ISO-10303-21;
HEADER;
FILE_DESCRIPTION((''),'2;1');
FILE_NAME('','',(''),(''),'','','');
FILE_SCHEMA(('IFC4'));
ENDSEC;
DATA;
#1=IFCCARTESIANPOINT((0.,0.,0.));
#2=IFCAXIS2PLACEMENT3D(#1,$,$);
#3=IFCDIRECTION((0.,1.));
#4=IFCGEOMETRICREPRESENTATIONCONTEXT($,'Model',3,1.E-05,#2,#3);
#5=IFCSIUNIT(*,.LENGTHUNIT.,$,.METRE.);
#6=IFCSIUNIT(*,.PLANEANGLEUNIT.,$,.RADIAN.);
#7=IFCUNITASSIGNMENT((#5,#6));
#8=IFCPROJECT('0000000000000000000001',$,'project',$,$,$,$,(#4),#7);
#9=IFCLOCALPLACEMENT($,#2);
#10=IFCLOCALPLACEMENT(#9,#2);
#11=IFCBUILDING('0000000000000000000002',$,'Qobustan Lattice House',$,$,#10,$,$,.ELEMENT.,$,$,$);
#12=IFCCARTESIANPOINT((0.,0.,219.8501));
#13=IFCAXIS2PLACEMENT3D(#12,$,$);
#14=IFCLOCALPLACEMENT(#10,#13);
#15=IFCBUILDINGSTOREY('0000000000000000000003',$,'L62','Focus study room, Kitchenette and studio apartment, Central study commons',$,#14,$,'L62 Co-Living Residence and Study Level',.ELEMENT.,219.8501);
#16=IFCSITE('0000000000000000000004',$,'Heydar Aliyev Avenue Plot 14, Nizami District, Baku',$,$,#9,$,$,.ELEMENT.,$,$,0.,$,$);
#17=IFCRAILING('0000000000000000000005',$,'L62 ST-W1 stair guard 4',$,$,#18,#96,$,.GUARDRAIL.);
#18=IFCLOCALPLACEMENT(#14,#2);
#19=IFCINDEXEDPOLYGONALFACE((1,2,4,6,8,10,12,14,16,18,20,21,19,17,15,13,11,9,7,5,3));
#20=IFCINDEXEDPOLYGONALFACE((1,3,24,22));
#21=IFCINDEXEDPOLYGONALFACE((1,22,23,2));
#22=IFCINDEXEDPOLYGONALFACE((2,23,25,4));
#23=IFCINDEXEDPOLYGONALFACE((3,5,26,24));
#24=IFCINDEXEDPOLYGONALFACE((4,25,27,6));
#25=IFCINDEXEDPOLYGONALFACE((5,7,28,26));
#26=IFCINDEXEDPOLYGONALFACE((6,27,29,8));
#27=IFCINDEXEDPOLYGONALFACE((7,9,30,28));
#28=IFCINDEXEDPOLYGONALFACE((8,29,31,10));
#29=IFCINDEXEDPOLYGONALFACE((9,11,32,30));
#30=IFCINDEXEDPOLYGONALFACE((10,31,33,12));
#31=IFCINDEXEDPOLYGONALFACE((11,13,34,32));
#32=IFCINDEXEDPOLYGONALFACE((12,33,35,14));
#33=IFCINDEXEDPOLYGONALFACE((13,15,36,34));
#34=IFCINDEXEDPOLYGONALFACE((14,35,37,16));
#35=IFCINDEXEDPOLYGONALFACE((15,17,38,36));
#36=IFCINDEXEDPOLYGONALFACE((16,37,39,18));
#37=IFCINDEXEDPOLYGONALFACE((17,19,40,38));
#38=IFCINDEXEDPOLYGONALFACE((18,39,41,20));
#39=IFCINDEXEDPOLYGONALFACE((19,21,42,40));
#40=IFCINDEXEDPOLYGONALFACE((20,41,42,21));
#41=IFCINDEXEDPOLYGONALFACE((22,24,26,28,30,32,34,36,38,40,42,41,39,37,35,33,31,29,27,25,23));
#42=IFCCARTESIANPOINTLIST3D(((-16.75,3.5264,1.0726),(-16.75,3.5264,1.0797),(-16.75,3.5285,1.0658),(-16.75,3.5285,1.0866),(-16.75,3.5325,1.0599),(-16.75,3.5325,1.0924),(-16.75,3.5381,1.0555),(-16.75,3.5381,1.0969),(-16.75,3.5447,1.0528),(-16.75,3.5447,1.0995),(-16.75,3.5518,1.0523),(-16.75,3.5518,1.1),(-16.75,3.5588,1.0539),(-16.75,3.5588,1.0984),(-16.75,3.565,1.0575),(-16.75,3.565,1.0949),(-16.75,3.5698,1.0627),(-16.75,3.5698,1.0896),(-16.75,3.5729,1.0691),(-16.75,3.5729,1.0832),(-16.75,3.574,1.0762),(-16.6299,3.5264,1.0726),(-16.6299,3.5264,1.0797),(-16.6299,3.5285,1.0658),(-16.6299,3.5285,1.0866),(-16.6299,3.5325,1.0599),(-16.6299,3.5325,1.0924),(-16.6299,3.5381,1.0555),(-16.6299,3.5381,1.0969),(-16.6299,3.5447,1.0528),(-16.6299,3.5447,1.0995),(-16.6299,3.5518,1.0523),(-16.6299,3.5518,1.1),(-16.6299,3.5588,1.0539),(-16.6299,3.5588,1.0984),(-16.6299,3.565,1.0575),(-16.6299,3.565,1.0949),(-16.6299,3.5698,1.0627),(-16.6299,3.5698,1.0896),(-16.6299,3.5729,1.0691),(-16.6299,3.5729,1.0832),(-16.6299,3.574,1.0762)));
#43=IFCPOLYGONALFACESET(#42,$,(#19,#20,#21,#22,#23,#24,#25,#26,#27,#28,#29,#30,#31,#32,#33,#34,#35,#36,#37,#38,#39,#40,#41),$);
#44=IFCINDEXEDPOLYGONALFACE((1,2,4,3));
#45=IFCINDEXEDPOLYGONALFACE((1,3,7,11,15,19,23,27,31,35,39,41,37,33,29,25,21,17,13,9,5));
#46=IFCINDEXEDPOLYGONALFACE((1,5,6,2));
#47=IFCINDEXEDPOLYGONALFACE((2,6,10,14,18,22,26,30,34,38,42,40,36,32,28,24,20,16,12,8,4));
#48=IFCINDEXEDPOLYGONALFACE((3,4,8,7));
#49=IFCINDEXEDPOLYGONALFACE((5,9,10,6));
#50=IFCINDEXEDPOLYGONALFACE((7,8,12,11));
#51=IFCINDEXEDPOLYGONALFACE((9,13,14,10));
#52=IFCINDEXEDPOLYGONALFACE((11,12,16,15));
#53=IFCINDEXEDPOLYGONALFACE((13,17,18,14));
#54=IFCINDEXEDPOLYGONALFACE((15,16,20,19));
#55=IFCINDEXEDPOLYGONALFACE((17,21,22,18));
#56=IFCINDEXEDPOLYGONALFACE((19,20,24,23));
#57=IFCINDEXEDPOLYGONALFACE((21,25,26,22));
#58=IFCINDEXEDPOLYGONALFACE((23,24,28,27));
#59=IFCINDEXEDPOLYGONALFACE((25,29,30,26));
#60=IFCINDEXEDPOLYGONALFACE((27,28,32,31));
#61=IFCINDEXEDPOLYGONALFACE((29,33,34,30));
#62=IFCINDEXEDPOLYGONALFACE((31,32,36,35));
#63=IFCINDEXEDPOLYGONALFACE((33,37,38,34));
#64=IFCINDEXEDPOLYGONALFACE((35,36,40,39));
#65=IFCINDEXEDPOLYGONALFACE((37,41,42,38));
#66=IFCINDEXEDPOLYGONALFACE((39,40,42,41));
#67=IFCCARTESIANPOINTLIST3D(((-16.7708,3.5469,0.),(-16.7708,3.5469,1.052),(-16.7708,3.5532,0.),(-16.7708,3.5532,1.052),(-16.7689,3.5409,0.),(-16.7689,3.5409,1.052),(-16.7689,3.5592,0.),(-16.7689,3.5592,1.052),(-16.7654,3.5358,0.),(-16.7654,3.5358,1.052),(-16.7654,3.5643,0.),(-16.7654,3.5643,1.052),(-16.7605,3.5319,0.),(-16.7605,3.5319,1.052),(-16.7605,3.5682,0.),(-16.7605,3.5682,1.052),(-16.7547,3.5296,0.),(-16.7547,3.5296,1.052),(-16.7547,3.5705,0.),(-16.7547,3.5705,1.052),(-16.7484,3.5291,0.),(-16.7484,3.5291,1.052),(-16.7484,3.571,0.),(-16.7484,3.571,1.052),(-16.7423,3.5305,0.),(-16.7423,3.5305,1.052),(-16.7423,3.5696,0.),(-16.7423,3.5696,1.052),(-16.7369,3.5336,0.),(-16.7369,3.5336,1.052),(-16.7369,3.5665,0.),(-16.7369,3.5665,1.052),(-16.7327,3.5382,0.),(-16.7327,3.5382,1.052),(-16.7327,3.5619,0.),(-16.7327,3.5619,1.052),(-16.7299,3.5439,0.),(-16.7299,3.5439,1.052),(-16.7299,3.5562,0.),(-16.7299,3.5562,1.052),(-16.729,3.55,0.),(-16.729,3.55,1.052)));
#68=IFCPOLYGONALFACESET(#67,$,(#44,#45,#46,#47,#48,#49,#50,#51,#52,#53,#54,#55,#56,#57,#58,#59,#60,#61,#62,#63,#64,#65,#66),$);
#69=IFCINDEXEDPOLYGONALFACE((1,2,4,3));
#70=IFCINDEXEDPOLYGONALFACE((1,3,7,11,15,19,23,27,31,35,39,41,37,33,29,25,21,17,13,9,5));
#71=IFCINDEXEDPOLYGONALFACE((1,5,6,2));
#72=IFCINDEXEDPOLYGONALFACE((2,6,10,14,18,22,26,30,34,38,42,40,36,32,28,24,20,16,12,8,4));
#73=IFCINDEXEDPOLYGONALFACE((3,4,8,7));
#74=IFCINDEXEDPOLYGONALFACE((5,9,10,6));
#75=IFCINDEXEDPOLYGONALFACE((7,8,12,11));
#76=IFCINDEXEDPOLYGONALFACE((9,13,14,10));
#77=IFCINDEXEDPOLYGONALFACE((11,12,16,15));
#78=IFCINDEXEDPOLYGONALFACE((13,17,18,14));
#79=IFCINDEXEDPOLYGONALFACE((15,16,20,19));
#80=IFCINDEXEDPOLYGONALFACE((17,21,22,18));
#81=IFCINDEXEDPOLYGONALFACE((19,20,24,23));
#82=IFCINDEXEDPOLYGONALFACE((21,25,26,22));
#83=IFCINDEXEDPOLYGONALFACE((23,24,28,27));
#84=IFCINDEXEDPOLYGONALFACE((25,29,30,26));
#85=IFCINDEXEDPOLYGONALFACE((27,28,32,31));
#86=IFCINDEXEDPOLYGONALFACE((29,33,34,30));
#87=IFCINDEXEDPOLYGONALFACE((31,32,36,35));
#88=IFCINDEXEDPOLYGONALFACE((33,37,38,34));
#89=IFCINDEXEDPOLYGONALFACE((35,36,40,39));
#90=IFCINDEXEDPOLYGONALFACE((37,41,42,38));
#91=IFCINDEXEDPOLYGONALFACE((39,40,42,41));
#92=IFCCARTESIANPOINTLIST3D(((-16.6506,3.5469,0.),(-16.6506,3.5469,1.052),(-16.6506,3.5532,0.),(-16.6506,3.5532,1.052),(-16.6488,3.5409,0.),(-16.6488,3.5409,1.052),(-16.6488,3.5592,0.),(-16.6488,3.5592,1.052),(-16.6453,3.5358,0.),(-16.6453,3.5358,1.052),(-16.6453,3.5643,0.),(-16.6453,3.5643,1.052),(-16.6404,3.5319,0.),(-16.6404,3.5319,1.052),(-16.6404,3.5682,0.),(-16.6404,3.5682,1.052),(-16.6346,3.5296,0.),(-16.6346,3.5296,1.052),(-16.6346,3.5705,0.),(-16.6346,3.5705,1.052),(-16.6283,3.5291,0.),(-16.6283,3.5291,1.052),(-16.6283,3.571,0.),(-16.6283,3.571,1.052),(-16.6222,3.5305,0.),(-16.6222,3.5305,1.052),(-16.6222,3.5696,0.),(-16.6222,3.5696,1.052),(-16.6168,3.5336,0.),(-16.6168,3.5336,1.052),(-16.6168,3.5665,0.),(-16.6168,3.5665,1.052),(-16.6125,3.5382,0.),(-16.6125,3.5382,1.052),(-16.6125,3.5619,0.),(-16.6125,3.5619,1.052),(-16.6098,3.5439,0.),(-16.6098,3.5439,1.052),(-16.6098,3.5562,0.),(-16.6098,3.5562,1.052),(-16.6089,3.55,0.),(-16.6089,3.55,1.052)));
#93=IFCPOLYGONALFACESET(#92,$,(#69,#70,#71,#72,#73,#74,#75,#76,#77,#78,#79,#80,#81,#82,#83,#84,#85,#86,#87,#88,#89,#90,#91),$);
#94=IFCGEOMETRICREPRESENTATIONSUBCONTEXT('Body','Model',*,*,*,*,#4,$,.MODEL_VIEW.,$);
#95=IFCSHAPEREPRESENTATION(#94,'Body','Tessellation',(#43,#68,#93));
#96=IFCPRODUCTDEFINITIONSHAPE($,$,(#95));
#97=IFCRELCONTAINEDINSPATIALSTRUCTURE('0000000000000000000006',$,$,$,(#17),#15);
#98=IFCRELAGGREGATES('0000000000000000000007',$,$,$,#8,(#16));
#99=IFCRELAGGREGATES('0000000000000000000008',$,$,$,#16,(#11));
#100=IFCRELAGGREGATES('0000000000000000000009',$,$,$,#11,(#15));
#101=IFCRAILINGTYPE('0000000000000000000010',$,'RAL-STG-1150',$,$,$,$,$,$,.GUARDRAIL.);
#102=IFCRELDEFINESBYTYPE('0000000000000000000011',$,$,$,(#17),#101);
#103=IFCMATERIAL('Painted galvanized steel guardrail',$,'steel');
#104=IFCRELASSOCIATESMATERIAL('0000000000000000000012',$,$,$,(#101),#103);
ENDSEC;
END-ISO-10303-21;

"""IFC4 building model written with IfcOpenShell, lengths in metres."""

from ifc_helpers import new_model, si_unit, direction, frame, origin, origin_2d, place, context, subcontext, project, spatial, circle, extrude, material, type_object, element, save


model = new_model("IFC4")

# Units and contexts
model_context = context("Model", 3, precision=1e-05, world=origin(), true_north=direction((0.0, 1.0)))
body_context = subcontext(model_context, "Body", "Model", "MODEL_VIEW")
ifc_project = project(units=[si_unit("LENGTHUNIT", "METRE"), si_unit("PLANEANGLEUNIT", "RADIAN")], contexts=[model_context])

# Site, building, storey
site_placement = place(None, origin())
site = spatial("IfcSite", under=ifc_project, at=site_placement, Name="Heydar Aliyev Avenue Plot 14, Nizami District, Baku", CompositionType="ELEMENT", RefElevation=0.0)
building_placement = place(site_placement, origin())
building = spatial("IfcBuilding", under=site, at=building_placement, Name="Qobustan Lattice House", CompositionType="ELEMENT")
storey_placement = place(building_placement, frame((0.0, 0.0, 219.8501)))
storey = spatial("IfcBuildingStorey", under=building, at=storey_placement, Name="L62", Description="Focus study room, Kitchenette and studio apartment, Central study commons", LongName="L62 Co-Living Residence and Study Level", CompositionType="ELEMENT", Elevation=219.8501)

# Railing
ifc_material_1 = material(Name="Painted galvanized steel guardrail", Category="steel")
railing_type_1 = type_object("IfcRailingType", Name="RAL-STG-1150", PredefinedType="GUARDRAIL", material=ifc_material_1)
railing_1_placement = place(storey_placement, frame((-16.75, 3.55, 0.0)))
element("IfcRailing", 1, at=railing_1_placement, inside=storey, type_object=railing_type_1, Name="L62 ST-W1 stair guard 4", PredefinedType="GUARDRAIL", context=body_context, shape_type="SweptSolid", body=[
    extrude(circle(Radius=0.0239, at=origin_2d()), frame((0.0, 0.0, 1.0762), z_axis=(1.0, 0.0, 0.0), x_axis=(0.0, 1.0, 0.0)), (0.0, 0.0, 1.0), 0.1201),
    extrude(circle(Radius=0.021, at=origin_2d()), origin(), (0.0, 0.0, 1.0), 1.052),
    extrude(circle(Radius=0.021, at=origin_2d()), frame((0.1201, 0.0, 0.0)), (0.0, 0.0, 1.0), 1.052),
])

save(model, "model.ifc")
